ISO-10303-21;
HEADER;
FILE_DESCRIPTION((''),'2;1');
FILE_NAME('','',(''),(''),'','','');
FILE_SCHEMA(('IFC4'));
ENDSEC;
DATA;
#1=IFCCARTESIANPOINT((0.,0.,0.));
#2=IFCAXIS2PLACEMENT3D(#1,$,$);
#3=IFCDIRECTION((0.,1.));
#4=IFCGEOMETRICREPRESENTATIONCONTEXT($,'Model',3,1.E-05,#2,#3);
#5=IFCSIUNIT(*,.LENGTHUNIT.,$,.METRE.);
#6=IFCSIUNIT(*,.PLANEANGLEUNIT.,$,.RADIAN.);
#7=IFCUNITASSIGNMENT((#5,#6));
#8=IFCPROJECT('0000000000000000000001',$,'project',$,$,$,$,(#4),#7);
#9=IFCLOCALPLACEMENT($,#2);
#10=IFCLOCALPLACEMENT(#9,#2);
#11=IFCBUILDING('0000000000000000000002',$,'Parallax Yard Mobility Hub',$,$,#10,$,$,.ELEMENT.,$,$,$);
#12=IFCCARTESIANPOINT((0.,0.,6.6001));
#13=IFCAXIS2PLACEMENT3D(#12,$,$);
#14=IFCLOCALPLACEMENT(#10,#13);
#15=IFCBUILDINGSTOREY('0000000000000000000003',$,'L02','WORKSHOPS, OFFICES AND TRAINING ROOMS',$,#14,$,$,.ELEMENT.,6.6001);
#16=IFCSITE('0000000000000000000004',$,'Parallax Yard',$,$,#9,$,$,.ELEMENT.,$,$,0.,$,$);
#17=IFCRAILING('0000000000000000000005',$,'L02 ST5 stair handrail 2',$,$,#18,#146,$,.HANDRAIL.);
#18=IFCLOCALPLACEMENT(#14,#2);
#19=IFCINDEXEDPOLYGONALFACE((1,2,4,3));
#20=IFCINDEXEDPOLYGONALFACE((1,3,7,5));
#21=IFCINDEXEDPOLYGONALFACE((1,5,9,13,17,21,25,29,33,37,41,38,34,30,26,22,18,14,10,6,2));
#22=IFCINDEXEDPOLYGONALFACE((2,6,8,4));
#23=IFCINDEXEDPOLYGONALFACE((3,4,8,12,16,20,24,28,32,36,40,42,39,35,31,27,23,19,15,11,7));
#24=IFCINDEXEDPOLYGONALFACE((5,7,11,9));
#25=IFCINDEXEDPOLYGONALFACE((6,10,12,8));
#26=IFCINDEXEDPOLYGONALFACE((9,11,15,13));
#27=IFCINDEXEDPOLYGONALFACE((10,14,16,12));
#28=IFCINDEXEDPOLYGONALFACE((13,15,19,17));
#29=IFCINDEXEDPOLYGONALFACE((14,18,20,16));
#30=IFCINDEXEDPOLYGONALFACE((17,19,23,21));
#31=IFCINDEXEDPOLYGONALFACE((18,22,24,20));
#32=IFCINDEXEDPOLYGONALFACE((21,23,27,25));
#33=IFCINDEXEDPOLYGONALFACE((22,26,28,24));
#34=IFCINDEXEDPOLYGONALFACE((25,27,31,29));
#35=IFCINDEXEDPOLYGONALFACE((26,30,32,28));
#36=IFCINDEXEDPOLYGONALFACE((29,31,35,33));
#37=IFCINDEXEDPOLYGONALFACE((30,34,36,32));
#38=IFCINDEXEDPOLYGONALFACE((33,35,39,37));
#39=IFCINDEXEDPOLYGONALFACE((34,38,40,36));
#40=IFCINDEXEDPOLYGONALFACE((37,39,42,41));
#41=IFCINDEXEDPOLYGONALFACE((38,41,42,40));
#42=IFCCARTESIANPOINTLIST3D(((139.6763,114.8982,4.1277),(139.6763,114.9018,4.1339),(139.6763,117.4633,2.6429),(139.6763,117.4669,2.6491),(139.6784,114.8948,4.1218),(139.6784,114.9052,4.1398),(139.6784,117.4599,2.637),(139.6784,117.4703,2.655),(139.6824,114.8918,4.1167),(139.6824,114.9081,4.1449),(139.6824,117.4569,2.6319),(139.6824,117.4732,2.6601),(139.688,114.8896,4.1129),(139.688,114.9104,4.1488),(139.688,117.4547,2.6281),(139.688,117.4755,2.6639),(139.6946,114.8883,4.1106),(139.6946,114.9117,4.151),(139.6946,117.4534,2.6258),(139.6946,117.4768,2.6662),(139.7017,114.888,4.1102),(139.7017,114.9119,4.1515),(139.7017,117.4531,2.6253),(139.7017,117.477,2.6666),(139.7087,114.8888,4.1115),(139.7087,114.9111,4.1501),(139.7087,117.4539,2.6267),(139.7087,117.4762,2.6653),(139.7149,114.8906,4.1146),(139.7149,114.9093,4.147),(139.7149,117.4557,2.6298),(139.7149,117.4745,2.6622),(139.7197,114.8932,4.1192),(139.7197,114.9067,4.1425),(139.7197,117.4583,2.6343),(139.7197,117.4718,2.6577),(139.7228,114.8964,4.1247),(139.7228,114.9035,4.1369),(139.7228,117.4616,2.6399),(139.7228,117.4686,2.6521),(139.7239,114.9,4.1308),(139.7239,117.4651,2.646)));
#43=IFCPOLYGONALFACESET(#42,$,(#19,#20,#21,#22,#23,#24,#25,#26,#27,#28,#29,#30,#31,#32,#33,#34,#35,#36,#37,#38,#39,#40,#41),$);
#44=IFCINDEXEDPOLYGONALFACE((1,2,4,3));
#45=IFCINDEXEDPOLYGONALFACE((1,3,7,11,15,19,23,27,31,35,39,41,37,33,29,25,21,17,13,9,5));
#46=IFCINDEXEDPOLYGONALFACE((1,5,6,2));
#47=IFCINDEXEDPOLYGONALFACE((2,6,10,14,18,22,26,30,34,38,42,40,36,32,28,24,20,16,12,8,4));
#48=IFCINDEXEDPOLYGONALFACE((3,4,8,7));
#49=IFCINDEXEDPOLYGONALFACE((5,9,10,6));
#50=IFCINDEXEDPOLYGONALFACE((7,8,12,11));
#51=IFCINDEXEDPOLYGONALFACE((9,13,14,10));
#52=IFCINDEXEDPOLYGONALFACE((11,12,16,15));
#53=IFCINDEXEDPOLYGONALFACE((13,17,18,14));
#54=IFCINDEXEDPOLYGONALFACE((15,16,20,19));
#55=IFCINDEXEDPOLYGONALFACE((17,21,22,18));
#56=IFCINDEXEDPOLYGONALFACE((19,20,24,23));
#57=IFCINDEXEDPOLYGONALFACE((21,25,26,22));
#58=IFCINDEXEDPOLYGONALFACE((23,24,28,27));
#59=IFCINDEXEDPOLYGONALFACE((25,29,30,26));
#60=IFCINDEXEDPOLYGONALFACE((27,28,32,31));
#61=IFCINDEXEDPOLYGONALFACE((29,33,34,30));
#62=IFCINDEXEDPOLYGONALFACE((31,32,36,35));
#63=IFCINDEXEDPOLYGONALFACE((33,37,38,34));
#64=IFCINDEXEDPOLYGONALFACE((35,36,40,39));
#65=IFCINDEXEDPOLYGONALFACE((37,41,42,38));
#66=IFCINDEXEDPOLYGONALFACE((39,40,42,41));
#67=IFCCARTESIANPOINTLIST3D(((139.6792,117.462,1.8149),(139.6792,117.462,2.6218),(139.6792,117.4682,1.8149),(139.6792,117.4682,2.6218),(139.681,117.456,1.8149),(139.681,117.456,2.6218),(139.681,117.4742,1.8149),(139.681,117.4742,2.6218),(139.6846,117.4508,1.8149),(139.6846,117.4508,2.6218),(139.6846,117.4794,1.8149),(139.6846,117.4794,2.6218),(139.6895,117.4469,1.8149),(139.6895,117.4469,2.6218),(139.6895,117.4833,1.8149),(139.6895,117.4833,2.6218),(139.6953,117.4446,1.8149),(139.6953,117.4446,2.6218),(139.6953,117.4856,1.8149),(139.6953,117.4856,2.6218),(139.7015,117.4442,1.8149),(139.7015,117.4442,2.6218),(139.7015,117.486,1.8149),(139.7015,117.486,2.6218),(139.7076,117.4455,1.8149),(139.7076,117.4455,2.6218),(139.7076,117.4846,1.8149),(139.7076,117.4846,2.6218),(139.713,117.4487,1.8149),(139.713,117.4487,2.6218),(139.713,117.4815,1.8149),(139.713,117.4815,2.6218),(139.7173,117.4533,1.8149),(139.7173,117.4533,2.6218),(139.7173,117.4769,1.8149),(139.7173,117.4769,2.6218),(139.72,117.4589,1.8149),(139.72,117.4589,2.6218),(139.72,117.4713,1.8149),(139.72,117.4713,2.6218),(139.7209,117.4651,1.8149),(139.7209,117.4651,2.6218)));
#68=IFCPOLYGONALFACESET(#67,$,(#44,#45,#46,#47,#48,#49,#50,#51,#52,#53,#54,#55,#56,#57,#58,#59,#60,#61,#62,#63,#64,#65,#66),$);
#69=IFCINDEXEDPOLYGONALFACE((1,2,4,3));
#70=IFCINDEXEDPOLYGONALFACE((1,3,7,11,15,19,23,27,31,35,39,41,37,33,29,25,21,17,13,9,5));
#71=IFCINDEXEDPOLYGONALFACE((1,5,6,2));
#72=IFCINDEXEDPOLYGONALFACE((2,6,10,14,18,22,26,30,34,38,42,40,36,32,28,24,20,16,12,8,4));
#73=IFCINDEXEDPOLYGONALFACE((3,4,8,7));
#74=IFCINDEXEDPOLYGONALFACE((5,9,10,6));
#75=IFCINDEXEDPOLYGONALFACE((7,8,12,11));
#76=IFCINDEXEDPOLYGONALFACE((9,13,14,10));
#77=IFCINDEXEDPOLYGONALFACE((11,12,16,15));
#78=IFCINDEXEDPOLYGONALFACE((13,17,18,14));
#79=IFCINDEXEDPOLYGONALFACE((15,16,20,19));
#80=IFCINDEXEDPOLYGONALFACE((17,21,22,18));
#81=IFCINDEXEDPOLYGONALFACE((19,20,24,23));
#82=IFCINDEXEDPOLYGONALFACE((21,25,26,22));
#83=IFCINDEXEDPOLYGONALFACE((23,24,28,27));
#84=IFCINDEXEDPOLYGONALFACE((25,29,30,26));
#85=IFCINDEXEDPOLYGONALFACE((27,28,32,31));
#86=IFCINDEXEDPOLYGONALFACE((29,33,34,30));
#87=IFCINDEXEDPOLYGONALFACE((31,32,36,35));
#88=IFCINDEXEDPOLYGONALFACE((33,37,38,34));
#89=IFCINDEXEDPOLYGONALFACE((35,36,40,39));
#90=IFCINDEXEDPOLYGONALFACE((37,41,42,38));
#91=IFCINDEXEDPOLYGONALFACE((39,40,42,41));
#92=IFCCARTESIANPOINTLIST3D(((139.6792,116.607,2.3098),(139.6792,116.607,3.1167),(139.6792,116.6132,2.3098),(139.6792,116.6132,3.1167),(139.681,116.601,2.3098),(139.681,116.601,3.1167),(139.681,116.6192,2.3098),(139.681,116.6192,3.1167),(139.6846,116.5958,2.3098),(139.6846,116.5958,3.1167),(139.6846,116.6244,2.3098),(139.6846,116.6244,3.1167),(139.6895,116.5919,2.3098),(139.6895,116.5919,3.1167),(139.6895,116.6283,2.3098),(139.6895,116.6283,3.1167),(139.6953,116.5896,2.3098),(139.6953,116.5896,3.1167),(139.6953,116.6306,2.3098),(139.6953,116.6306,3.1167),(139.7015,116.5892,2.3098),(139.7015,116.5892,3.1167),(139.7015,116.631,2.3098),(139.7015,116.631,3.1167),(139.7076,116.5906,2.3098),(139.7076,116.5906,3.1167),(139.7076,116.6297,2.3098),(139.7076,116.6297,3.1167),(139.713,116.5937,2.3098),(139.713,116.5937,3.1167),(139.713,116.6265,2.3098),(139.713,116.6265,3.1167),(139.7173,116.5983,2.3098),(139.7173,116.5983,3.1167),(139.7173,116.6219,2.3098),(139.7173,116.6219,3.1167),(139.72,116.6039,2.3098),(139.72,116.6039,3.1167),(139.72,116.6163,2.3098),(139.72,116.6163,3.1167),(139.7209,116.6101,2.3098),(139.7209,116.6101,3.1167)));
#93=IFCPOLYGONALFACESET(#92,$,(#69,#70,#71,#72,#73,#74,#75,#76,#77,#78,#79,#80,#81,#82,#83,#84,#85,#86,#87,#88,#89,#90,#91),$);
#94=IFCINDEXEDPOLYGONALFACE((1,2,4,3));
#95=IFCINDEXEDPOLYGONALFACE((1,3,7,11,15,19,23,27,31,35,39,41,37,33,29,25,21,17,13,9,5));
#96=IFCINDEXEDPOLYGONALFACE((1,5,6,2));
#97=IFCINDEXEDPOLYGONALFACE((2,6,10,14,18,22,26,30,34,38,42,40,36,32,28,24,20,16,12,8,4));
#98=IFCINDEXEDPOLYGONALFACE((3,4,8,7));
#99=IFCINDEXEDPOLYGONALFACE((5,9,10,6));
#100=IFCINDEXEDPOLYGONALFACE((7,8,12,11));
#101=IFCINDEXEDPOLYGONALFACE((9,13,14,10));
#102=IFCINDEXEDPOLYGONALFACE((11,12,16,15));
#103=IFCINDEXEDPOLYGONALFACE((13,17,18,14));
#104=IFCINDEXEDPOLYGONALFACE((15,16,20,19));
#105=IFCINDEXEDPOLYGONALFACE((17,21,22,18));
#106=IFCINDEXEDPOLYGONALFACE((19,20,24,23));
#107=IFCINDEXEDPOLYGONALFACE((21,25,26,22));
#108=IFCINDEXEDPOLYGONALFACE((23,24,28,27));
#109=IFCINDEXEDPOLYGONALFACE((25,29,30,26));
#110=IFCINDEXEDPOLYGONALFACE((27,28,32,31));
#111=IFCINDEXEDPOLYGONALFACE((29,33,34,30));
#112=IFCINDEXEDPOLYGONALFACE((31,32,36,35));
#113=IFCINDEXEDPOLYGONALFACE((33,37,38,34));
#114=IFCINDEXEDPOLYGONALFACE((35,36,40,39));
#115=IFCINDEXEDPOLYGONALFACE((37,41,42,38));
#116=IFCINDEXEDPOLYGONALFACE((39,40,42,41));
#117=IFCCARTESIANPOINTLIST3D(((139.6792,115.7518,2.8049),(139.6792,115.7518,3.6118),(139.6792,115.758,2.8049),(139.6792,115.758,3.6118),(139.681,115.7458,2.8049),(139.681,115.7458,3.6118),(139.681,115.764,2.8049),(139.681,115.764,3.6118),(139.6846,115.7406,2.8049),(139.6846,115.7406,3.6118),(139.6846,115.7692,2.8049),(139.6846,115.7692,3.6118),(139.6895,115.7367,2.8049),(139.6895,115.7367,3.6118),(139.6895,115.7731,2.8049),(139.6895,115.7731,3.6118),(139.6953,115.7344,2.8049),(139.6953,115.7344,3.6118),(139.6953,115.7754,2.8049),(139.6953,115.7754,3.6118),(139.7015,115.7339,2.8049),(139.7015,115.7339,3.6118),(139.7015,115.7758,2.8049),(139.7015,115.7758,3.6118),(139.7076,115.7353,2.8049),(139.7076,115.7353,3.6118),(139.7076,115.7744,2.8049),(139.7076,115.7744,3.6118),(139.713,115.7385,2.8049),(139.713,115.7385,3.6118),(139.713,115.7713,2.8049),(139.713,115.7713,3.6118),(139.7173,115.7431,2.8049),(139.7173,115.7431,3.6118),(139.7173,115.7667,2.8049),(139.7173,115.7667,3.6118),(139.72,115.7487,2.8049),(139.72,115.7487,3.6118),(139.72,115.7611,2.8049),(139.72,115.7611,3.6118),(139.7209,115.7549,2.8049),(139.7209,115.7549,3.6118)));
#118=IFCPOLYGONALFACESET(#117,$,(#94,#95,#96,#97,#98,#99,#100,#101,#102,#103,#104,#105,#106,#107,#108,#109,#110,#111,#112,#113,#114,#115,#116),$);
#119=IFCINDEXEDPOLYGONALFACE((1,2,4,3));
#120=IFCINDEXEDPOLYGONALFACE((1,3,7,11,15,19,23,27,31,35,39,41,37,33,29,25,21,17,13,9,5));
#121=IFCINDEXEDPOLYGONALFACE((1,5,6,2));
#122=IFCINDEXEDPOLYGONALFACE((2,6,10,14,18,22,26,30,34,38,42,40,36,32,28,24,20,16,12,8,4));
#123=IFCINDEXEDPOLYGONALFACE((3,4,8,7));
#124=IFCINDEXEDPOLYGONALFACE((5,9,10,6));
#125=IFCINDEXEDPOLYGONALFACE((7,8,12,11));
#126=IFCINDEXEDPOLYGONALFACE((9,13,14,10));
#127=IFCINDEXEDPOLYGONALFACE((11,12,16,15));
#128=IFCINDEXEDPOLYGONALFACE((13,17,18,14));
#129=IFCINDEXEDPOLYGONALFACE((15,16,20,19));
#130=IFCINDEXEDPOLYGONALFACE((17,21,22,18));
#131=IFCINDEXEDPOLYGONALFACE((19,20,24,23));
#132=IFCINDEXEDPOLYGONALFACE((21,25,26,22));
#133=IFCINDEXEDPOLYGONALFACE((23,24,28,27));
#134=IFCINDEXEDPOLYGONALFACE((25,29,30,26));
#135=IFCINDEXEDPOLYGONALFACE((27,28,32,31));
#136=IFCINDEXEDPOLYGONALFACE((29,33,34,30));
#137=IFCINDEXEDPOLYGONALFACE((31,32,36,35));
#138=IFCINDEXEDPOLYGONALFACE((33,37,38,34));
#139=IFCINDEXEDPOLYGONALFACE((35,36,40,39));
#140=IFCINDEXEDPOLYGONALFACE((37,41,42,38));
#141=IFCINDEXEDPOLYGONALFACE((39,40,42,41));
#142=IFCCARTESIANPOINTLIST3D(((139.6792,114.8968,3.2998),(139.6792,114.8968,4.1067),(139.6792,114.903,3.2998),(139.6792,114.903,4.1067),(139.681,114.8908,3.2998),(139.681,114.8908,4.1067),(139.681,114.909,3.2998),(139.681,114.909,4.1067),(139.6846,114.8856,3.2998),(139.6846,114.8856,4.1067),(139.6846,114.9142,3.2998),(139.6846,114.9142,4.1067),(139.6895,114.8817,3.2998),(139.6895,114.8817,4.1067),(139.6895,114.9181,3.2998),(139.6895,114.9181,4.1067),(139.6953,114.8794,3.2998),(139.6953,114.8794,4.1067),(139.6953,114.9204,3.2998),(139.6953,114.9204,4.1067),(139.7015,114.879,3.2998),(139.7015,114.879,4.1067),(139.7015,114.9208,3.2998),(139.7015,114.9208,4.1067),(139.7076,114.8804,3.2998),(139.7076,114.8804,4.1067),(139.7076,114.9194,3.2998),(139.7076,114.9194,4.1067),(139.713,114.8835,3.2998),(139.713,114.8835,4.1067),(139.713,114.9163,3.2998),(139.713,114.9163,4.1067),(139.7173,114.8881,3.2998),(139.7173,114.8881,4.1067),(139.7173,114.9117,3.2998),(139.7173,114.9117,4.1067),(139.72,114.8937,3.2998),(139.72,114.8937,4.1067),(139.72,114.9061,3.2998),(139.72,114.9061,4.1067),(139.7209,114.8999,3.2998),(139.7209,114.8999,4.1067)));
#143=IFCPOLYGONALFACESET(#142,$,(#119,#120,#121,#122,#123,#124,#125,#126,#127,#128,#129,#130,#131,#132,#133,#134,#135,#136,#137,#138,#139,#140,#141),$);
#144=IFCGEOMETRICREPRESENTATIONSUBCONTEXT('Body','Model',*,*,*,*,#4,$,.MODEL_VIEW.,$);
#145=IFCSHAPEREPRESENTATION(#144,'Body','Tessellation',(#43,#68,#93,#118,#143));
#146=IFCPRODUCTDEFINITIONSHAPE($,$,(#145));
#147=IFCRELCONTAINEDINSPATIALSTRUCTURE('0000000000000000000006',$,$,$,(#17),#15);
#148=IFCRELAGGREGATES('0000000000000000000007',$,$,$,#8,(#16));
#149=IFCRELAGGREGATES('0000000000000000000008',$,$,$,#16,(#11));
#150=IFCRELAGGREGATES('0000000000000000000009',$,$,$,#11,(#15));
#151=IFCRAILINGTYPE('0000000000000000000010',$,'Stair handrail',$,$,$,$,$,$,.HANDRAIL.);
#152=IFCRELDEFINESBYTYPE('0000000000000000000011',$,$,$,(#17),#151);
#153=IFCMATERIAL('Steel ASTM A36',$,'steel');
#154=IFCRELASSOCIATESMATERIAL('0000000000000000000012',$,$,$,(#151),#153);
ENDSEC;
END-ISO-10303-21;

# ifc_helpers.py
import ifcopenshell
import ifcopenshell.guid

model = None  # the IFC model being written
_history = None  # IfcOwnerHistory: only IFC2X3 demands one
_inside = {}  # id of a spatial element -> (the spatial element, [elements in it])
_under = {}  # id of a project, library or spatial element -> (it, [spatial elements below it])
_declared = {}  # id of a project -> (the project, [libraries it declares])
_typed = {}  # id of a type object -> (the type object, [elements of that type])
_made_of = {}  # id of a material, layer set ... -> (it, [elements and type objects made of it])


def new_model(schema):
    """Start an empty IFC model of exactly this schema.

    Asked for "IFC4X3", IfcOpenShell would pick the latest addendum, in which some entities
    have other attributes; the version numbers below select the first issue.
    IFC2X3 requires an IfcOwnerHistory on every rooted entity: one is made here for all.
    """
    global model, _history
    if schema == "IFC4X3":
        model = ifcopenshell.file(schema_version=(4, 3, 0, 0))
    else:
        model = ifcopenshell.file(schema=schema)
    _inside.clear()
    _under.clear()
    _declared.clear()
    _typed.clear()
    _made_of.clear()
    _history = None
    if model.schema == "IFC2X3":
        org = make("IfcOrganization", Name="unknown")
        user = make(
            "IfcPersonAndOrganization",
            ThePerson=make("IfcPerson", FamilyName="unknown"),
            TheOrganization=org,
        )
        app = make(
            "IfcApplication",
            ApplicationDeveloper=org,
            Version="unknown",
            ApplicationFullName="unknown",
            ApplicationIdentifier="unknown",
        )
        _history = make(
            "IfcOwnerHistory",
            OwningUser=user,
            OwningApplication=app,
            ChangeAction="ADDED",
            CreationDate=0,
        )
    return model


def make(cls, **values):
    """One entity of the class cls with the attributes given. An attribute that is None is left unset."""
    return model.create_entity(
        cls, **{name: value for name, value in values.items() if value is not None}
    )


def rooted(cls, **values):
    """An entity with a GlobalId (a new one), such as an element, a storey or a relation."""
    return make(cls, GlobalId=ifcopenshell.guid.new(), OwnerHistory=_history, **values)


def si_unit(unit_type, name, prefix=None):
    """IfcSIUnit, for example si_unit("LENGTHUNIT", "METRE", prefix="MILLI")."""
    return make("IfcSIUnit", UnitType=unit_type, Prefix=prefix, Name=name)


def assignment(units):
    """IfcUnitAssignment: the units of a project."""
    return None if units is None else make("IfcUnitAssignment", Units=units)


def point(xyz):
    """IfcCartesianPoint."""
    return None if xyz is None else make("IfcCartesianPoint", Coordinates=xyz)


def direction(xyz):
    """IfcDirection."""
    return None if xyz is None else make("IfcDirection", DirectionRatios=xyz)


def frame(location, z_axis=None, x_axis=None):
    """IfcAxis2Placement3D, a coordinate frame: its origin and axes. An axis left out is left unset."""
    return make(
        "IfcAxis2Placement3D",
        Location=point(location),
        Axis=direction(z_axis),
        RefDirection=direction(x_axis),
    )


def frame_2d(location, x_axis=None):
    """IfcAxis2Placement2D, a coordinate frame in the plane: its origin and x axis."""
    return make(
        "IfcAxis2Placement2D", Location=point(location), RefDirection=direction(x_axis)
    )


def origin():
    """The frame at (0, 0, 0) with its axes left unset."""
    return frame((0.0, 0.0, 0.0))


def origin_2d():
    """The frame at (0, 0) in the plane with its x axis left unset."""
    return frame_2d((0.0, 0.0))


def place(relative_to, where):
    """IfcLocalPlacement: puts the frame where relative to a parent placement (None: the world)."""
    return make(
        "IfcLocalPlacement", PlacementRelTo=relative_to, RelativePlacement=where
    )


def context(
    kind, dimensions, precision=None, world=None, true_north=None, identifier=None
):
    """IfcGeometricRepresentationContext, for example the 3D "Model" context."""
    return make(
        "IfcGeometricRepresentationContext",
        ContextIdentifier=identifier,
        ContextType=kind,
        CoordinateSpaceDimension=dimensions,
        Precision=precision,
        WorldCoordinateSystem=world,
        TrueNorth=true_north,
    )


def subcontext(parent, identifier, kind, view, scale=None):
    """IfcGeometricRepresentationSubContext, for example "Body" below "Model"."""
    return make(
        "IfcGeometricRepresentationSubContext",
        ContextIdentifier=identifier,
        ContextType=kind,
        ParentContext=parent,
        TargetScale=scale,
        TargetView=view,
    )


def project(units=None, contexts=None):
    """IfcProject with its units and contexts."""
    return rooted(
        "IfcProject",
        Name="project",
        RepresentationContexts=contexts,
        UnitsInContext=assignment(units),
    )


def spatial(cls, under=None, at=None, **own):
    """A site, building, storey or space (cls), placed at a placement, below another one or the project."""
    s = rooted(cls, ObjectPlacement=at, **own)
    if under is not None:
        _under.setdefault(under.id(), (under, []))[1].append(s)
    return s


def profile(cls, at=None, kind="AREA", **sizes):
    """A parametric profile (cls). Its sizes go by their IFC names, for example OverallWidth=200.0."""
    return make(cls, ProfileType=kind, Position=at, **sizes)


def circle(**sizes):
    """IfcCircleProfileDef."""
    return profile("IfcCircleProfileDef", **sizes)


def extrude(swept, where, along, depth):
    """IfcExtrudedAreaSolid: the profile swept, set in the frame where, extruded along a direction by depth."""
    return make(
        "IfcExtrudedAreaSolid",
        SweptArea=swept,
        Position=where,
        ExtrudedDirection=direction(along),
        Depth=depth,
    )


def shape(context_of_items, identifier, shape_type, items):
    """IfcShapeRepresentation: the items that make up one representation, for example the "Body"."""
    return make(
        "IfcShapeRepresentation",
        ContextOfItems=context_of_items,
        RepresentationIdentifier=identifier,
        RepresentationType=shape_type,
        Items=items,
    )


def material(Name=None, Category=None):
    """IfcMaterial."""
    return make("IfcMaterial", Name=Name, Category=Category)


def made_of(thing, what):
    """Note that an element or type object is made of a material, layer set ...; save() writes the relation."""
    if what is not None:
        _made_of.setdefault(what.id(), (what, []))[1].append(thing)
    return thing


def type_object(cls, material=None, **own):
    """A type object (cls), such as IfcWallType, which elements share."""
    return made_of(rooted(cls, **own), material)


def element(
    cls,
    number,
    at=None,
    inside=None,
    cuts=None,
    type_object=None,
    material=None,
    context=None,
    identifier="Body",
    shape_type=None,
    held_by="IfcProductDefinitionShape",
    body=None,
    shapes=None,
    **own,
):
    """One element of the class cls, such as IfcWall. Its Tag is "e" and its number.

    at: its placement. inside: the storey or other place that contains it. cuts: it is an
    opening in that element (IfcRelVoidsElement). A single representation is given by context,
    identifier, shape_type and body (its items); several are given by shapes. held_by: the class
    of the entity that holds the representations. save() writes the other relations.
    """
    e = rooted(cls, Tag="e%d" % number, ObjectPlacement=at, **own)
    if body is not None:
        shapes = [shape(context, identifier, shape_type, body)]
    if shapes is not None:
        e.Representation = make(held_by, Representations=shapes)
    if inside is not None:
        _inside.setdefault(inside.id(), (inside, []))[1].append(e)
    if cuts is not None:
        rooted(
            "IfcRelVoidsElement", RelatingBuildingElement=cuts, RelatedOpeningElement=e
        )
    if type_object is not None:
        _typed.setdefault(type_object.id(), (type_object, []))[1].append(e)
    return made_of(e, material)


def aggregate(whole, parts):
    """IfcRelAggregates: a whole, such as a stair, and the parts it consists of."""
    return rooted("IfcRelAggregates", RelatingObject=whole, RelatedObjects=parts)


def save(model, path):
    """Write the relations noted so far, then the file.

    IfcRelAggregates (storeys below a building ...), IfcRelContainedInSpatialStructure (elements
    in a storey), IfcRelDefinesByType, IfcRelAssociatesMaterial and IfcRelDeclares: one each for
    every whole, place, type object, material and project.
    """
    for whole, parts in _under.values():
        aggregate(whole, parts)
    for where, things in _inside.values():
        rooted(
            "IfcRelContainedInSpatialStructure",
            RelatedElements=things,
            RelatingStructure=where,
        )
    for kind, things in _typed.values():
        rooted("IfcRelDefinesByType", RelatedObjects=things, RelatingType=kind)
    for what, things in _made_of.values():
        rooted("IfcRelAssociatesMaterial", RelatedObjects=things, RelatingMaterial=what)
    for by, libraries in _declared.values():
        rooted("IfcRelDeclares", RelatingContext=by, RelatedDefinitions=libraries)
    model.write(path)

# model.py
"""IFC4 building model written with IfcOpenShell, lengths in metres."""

from ifc_helpers import new_model, si_unit, direction, frame, origin, origin_2d, place, context, subcontext, project, spatial, circle, extrude, material, type_object, element, save


model = new_model("IFC4")

# Units and contexts
model_context = context("Model", 3, precision=1e-05, world=origin(), true_north=direction((0.0, 1.0)))
body_context = subcontext(model_context, "Body", "Model", "MODEL_VIEW")
ifc_project = project(units=[si_unit("LENGTHUNIT", "METRE"), si_unit("PLANEANGLEUNIT", "RADIAN")], contexts=[model_context])

# Site, building, storey
site_placement = place(None, origin())
site = spatial("IfcSite", under=ifc_project, at=site_placement, Name="Parallax Yard", CompositionType="ELEMENT", RefElevation=0.0)
building_placement = place(site_placement, origin())
building = spatial("IfcBuilding", under=site, at=building_placement, Name="Parallax Yard Mobility Hub", CompositionType="ELEMENT")
storey_placement = place(building_placement, frame((0.0, 0.0, 6.6001)))
storey = spatial("IfcBuildingStorey", under=building, at=storey_placement, Name="L02", Description="WORKSHOPS, OFFICES AND TRAINING ROOMS", CompositionType="ELEMENT", Elevation=6.6001)

# Railing
ifc_material_1 = material(Name="Steel ASTM A36", Category="steel")
railing_type_1 = type_object("IfcRailingType", Name="Stair handrail", PredefinedType="HANDRAIL", material=ifc_material_1)
railing_1_placement = place(storey_placement, frame((139.7, 117.4651, 1.8149)))
element("IfcRailing", 1, at=railing_1_placement, inside=storey, type_object=railing_type_1, Name="L02 ST5 stair handrail 2", PredefinedType="HANDRAIL", context=body_context, shape_type="SweptSolid", body=[
    extrude(circle(Radius=0.0239, at=origin_2d()), frame((0.0, 0.0, 0.8311), z_axis=(0.0, -0.865462, 0.500975), x_axis=(1.0, 0.0, 0.0)), (0.0, 0.0, 1.0), 2.9639),
    extrude(circle(Radius=0.021, at=origin_2d()), origin(), (0.0, 0.0, 1.0), 0.8069),
    extrude(circle(Radius=0.021, at=origin_2d()), frame((0.0, -0.855, 0.4949)), (0.0, 0.0, 1.0), 0.8069),
    extrude(circle(Radius=0.021, at=origin_2d()), frame((0.0, -1.7102, 0.99)), (0.0, 0.0, 1.0), 0.8069),
    extrude(circle(Radius=0.021, at=origin_2d()), frame((0.0, -2.5652, 1.4849)), (0.0, 0.0, 1.0), 0.8069),
])

save(model, "model.ifc")
